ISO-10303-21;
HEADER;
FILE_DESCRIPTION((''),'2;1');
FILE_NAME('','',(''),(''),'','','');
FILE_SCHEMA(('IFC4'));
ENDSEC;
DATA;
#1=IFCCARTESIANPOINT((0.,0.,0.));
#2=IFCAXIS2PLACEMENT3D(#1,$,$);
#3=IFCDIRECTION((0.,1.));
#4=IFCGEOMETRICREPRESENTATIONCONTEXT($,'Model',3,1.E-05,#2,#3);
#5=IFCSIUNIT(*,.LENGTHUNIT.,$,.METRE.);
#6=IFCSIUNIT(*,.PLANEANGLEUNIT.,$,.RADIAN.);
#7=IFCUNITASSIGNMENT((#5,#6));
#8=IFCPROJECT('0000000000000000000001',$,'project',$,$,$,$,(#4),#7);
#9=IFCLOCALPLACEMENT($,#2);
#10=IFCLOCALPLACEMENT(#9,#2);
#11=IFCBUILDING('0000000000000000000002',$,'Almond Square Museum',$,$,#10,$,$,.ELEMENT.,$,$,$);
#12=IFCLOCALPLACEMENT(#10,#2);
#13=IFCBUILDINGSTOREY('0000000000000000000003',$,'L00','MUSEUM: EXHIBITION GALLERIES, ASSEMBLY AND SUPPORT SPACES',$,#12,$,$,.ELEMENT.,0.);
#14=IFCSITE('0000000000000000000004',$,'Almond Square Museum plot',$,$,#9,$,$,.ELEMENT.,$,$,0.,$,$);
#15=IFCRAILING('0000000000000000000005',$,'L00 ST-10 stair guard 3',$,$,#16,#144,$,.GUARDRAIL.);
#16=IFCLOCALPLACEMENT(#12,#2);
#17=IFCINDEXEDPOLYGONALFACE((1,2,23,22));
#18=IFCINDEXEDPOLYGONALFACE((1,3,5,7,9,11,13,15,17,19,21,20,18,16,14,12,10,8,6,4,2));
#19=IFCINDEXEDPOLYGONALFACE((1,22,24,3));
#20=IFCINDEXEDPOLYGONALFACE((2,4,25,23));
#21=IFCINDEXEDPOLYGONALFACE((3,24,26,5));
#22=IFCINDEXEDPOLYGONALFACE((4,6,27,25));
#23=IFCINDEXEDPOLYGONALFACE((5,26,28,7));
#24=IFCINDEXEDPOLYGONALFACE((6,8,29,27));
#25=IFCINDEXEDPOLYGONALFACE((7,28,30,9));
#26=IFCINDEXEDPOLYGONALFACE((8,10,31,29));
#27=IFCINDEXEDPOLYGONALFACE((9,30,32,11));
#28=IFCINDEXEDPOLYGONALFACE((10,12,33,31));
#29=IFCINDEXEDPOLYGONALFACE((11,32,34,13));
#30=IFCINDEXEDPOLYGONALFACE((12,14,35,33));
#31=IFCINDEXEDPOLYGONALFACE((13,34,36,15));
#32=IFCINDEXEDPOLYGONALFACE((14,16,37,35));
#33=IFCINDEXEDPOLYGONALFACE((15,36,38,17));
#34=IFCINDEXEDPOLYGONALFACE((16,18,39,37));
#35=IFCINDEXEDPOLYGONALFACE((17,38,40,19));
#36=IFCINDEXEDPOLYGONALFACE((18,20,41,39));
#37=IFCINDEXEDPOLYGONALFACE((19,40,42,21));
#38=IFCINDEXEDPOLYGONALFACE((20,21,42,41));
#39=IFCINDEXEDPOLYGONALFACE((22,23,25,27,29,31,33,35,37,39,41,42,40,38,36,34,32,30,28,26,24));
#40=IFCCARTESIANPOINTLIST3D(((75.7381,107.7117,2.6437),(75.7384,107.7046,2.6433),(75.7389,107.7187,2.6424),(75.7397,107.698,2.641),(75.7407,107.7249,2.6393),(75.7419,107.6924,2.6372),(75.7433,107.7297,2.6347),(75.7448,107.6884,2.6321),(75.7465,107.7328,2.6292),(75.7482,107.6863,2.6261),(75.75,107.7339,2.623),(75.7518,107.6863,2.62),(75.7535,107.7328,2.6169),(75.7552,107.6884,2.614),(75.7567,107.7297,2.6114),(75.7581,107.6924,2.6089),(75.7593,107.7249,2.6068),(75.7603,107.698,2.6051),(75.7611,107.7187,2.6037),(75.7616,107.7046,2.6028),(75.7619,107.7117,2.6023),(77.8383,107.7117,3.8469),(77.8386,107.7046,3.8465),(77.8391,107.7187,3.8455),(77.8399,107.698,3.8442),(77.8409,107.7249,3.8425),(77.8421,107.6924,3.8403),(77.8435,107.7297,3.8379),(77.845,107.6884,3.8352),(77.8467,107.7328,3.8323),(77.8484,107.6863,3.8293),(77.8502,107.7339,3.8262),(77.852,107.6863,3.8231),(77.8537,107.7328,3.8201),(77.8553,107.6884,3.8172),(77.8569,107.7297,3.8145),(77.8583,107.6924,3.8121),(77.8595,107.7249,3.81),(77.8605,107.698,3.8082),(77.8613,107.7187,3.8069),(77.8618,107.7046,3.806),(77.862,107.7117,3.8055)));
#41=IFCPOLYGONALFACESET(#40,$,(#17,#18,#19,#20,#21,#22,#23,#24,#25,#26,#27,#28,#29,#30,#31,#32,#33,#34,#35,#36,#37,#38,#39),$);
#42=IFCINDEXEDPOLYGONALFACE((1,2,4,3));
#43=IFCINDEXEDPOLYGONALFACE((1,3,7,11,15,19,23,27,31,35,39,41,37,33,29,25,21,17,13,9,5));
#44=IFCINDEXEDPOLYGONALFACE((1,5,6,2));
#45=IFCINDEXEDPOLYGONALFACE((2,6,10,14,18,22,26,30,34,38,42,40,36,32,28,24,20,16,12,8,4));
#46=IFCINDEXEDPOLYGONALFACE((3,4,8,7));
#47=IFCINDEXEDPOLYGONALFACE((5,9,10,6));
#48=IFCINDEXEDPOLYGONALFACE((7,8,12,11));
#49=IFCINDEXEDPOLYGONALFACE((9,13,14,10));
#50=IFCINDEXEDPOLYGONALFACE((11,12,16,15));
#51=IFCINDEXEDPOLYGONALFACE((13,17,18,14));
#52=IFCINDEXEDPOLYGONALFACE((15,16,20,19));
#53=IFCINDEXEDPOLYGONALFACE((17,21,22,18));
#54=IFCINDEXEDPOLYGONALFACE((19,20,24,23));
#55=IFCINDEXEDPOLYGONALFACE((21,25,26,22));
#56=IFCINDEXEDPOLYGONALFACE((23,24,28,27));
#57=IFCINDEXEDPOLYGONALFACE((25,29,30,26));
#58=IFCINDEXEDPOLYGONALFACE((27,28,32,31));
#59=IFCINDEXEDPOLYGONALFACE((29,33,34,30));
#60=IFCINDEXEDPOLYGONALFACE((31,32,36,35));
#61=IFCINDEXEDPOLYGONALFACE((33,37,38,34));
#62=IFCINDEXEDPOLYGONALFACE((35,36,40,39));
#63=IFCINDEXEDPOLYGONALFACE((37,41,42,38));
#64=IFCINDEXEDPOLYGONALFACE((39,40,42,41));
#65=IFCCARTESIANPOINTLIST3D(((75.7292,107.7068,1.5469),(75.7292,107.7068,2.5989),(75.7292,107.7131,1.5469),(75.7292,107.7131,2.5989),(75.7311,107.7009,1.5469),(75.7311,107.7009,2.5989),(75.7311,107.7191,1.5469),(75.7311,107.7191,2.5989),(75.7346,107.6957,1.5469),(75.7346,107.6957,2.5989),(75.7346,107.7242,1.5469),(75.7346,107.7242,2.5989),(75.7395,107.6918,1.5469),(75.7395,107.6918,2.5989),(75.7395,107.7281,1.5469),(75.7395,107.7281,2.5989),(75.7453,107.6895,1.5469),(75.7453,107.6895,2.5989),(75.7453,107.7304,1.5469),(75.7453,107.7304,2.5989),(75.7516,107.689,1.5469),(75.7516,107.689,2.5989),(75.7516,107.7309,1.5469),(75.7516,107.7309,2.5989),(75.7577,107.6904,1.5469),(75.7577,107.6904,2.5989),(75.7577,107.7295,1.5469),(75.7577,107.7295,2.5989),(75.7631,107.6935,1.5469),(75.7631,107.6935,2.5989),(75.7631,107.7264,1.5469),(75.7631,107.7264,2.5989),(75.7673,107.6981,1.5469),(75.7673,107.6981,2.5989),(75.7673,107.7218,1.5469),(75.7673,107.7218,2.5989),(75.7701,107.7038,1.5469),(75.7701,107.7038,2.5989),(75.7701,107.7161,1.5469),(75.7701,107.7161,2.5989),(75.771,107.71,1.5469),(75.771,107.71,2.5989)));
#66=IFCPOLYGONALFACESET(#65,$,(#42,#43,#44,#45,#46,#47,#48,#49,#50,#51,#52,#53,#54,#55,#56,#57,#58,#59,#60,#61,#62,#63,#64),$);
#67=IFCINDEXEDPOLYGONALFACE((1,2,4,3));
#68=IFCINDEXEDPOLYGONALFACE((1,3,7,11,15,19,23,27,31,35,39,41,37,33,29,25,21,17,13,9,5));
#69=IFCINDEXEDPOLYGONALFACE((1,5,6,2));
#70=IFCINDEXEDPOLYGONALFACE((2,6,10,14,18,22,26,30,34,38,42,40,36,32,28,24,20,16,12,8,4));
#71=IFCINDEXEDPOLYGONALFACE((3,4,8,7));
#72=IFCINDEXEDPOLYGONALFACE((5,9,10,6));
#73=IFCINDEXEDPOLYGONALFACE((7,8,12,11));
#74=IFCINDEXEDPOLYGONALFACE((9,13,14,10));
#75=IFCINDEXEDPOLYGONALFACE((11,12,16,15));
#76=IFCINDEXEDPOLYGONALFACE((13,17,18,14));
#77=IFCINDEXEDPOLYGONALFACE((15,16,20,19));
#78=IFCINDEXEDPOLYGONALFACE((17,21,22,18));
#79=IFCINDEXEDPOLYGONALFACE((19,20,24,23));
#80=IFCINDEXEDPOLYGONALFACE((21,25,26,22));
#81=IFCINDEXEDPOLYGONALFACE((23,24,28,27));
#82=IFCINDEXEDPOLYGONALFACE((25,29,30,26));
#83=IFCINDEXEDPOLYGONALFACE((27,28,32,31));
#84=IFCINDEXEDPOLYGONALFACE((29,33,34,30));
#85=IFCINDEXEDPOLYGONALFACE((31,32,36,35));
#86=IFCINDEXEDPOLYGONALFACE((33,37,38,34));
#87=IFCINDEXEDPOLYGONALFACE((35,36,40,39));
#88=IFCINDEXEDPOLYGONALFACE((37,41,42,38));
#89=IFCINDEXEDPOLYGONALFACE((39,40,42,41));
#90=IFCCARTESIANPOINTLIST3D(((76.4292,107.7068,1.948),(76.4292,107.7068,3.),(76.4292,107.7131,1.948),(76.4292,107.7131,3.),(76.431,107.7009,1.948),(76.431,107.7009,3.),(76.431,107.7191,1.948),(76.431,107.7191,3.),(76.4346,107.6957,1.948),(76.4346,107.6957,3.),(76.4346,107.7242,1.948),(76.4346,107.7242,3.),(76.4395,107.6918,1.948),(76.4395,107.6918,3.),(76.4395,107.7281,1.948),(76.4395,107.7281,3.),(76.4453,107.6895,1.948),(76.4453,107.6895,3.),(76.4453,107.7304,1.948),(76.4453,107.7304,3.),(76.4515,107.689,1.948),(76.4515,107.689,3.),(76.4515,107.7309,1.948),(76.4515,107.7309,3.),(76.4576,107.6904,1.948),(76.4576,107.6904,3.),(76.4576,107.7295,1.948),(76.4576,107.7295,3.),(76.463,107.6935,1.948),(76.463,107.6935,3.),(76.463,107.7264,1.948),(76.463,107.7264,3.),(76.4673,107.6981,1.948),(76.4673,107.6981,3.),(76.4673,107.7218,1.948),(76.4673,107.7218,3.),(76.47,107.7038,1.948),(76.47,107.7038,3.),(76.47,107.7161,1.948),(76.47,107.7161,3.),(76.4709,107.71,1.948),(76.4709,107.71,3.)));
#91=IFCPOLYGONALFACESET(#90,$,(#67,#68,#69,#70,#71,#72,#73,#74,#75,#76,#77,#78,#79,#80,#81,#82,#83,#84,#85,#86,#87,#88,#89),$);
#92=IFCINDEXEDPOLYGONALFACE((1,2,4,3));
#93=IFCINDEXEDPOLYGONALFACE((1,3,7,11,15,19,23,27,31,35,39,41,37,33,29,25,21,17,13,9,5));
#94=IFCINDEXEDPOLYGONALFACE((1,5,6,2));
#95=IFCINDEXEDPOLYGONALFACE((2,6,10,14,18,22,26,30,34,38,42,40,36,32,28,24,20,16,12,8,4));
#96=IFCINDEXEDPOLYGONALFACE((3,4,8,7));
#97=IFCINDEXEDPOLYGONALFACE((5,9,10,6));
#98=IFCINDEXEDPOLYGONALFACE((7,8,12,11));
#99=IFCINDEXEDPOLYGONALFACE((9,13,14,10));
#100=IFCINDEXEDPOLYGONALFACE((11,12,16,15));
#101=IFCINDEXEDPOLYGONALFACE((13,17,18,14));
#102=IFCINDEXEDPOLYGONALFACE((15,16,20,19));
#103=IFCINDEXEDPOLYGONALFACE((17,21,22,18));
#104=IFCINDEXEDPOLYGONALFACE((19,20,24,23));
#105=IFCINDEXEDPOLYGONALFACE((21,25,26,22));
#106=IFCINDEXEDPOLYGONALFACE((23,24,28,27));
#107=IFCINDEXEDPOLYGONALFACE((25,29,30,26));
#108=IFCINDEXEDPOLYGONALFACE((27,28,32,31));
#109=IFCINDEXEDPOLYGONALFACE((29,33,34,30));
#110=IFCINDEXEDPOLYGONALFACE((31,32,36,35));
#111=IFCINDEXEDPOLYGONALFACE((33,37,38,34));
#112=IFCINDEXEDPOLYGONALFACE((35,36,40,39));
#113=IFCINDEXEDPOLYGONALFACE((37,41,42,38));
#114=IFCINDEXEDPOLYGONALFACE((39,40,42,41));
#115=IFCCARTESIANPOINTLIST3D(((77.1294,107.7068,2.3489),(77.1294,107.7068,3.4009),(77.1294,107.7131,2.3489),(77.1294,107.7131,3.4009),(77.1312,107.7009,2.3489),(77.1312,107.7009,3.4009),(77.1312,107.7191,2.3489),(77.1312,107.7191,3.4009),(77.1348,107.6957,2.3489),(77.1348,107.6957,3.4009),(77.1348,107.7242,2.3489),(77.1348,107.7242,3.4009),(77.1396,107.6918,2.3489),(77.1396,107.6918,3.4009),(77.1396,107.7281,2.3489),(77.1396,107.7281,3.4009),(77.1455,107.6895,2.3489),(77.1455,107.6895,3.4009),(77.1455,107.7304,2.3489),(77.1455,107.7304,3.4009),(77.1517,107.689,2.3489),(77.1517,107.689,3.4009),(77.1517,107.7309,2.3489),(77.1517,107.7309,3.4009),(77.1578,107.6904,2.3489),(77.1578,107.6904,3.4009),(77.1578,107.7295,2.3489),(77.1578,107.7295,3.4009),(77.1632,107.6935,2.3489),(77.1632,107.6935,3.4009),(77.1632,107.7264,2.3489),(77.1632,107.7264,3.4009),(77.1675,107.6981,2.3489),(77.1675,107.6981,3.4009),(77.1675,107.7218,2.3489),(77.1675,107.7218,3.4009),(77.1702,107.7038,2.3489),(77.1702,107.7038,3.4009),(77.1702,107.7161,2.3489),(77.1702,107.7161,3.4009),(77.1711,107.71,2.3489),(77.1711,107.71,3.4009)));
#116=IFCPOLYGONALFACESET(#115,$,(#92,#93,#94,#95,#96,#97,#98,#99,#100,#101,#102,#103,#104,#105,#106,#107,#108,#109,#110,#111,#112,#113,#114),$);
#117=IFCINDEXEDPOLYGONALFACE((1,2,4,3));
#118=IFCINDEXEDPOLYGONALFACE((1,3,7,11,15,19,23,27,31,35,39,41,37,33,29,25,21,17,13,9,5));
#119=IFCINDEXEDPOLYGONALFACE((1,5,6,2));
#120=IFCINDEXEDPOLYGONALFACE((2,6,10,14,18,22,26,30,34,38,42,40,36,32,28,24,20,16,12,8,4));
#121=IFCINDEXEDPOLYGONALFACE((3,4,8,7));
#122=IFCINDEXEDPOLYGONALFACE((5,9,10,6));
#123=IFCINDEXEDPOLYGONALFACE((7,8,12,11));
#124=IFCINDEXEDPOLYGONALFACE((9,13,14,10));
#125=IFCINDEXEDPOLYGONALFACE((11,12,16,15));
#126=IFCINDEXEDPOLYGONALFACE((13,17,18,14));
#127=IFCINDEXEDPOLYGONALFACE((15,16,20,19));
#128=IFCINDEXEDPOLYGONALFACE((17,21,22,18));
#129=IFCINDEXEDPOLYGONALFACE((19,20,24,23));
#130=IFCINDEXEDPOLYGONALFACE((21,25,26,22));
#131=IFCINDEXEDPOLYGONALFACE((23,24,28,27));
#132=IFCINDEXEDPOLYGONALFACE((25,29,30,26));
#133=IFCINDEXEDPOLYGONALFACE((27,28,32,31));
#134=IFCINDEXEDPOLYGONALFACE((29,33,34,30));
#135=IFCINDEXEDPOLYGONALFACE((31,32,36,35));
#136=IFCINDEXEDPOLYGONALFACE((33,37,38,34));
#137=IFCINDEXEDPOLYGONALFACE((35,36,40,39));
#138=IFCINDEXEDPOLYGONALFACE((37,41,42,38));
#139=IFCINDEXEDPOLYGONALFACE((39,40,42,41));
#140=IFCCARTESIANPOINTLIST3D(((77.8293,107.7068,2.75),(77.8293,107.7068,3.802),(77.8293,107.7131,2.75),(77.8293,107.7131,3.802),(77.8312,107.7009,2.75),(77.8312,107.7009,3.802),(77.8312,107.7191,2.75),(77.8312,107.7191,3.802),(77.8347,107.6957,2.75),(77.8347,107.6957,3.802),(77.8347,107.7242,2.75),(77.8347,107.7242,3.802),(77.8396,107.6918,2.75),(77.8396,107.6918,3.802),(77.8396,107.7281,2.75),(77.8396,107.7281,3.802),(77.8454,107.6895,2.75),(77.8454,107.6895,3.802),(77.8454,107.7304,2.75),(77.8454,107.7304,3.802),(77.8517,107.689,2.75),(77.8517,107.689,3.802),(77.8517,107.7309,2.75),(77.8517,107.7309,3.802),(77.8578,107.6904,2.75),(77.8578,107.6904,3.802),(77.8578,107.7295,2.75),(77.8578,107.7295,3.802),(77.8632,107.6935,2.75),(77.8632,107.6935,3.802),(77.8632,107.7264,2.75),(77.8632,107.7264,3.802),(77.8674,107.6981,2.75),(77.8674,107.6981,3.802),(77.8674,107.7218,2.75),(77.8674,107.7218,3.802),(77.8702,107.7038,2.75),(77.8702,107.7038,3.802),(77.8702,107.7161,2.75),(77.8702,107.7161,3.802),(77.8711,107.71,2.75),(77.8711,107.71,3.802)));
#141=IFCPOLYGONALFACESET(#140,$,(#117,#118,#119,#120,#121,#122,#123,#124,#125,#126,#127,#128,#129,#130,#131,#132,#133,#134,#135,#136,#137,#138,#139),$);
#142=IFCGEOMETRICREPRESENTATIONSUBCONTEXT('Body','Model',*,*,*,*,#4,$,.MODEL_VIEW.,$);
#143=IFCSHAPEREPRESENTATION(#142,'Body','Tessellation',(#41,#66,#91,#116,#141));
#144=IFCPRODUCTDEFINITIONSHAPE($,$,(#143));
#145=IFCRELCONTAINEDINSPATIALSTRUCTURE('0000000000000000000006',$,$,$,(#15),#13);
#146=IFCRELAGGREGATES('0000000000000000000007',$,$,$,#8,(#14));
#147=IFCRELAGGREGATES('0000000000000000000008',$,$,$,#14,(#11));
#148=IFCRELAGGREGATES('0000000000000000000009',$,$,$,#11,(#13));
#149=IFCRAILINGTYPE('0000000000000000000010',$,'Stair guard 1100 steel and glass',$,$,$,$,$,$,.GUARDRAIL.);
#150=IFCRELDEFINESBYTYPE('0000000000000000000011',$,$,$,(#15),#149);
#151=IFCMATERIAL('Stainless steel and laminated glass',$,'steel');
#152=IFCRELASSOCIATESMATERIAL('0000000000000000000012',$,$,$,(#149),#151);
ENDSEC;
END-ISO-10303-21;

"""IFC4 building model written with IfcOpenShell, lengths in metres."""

from ifc_helpers import new_model, si_unit, direction, frame, origin, origin_2d, place, context, subcontext, project, spatial, circle, extrude, material, type_object, element, save


model = new_model("IFC4")

# Units and contexts
model_context = context("Model", 3, precision=1e-05, world=origin(), true_north=direction((0.0, 1.0)))
body_context = subcontext(model_context, "Body", "Model", "MODEL_VIEW")
ifc_project = project(units=[si_unit("LENGTHUNIT", "METRE"), si_unit("PLANEANGLEUNIT", "RADIAN")], contexts=[model_context])

# Site, building, storey
site_placement = place(None, origin())
site = spatial("IfcSite", under=ifc_project, at=site_placement, Name="Almond Square Museum plot", CompositionType="ELEMENT", RefElevation=0.0)
building_placement = place(site_placement, origin())
building = spatial("IfcBuilding", under=site, at=building_placement, Name="Almond Square Museum", CompositionType="ELEMENT")
storey_placement = place(building_placement, origin())
storey = spatial("IfcBuildingStorey", under=building, at=storey_placement, Name="L00", Description="MUSEUM: EXHIBITION GALLERIES, ASSEMBLY AND SUPPORT SPACES", CompositionType="ELEMENT", Elevation=0.0)

# Railing
ifc_material_1 = material(Name="Stainless steel and laminated glass", Category="steel")
railing_type_1 = type_object("IfcRailingType", Name="Stair guard 1100 steel and glass", PredefinedType="GUARDRAIL", material=ifc_material_1)
railing_1_placement = place(storey_placement, frame((75.75, 107.71, 1.5469)))
element("IfcRailing", 1, at=railing_1_placement, inside=storey, type_object=railing_type_1, Name="L00 ST-10 stair guard 3", PredefinedType="GUARDRAIL", context=body_context, shape_type="SweptSolid", body=[
    extrude(circle(Radius=0.0239, at=origin_2d()), frame((0.0, 0.0, 1.0762), z_axis=(0.867696, 0.0, 0.497095), x_axis=(0.0, 1.0, 0.0)), (0.0, 0.0, 1.0), 2.4204),
    extrude(circle(Radius=0.021, at=origin_2d()), origin(), (0.0, 0.0, 1.0), 1.052),
    extrude(circle(Radius=0.021, at=origin_2d()), frame((0.7, 0.0, 0.4011)), (0.0, 0.0, 1.0), 1.052),
    extrude(circle(Radius=0.021, at=origin_2d()), frame((1.4001, 0.0, 0.802)), (0.0, 0.0, 1.0), 1.052),
    extrude(circle(Radius=0.021, at=origin_2d()), frame((2.1001, 0.0, 1.2031)), (0.0, 0.0, 1.0), 1.052),
])

save(model, "model.ifc")
